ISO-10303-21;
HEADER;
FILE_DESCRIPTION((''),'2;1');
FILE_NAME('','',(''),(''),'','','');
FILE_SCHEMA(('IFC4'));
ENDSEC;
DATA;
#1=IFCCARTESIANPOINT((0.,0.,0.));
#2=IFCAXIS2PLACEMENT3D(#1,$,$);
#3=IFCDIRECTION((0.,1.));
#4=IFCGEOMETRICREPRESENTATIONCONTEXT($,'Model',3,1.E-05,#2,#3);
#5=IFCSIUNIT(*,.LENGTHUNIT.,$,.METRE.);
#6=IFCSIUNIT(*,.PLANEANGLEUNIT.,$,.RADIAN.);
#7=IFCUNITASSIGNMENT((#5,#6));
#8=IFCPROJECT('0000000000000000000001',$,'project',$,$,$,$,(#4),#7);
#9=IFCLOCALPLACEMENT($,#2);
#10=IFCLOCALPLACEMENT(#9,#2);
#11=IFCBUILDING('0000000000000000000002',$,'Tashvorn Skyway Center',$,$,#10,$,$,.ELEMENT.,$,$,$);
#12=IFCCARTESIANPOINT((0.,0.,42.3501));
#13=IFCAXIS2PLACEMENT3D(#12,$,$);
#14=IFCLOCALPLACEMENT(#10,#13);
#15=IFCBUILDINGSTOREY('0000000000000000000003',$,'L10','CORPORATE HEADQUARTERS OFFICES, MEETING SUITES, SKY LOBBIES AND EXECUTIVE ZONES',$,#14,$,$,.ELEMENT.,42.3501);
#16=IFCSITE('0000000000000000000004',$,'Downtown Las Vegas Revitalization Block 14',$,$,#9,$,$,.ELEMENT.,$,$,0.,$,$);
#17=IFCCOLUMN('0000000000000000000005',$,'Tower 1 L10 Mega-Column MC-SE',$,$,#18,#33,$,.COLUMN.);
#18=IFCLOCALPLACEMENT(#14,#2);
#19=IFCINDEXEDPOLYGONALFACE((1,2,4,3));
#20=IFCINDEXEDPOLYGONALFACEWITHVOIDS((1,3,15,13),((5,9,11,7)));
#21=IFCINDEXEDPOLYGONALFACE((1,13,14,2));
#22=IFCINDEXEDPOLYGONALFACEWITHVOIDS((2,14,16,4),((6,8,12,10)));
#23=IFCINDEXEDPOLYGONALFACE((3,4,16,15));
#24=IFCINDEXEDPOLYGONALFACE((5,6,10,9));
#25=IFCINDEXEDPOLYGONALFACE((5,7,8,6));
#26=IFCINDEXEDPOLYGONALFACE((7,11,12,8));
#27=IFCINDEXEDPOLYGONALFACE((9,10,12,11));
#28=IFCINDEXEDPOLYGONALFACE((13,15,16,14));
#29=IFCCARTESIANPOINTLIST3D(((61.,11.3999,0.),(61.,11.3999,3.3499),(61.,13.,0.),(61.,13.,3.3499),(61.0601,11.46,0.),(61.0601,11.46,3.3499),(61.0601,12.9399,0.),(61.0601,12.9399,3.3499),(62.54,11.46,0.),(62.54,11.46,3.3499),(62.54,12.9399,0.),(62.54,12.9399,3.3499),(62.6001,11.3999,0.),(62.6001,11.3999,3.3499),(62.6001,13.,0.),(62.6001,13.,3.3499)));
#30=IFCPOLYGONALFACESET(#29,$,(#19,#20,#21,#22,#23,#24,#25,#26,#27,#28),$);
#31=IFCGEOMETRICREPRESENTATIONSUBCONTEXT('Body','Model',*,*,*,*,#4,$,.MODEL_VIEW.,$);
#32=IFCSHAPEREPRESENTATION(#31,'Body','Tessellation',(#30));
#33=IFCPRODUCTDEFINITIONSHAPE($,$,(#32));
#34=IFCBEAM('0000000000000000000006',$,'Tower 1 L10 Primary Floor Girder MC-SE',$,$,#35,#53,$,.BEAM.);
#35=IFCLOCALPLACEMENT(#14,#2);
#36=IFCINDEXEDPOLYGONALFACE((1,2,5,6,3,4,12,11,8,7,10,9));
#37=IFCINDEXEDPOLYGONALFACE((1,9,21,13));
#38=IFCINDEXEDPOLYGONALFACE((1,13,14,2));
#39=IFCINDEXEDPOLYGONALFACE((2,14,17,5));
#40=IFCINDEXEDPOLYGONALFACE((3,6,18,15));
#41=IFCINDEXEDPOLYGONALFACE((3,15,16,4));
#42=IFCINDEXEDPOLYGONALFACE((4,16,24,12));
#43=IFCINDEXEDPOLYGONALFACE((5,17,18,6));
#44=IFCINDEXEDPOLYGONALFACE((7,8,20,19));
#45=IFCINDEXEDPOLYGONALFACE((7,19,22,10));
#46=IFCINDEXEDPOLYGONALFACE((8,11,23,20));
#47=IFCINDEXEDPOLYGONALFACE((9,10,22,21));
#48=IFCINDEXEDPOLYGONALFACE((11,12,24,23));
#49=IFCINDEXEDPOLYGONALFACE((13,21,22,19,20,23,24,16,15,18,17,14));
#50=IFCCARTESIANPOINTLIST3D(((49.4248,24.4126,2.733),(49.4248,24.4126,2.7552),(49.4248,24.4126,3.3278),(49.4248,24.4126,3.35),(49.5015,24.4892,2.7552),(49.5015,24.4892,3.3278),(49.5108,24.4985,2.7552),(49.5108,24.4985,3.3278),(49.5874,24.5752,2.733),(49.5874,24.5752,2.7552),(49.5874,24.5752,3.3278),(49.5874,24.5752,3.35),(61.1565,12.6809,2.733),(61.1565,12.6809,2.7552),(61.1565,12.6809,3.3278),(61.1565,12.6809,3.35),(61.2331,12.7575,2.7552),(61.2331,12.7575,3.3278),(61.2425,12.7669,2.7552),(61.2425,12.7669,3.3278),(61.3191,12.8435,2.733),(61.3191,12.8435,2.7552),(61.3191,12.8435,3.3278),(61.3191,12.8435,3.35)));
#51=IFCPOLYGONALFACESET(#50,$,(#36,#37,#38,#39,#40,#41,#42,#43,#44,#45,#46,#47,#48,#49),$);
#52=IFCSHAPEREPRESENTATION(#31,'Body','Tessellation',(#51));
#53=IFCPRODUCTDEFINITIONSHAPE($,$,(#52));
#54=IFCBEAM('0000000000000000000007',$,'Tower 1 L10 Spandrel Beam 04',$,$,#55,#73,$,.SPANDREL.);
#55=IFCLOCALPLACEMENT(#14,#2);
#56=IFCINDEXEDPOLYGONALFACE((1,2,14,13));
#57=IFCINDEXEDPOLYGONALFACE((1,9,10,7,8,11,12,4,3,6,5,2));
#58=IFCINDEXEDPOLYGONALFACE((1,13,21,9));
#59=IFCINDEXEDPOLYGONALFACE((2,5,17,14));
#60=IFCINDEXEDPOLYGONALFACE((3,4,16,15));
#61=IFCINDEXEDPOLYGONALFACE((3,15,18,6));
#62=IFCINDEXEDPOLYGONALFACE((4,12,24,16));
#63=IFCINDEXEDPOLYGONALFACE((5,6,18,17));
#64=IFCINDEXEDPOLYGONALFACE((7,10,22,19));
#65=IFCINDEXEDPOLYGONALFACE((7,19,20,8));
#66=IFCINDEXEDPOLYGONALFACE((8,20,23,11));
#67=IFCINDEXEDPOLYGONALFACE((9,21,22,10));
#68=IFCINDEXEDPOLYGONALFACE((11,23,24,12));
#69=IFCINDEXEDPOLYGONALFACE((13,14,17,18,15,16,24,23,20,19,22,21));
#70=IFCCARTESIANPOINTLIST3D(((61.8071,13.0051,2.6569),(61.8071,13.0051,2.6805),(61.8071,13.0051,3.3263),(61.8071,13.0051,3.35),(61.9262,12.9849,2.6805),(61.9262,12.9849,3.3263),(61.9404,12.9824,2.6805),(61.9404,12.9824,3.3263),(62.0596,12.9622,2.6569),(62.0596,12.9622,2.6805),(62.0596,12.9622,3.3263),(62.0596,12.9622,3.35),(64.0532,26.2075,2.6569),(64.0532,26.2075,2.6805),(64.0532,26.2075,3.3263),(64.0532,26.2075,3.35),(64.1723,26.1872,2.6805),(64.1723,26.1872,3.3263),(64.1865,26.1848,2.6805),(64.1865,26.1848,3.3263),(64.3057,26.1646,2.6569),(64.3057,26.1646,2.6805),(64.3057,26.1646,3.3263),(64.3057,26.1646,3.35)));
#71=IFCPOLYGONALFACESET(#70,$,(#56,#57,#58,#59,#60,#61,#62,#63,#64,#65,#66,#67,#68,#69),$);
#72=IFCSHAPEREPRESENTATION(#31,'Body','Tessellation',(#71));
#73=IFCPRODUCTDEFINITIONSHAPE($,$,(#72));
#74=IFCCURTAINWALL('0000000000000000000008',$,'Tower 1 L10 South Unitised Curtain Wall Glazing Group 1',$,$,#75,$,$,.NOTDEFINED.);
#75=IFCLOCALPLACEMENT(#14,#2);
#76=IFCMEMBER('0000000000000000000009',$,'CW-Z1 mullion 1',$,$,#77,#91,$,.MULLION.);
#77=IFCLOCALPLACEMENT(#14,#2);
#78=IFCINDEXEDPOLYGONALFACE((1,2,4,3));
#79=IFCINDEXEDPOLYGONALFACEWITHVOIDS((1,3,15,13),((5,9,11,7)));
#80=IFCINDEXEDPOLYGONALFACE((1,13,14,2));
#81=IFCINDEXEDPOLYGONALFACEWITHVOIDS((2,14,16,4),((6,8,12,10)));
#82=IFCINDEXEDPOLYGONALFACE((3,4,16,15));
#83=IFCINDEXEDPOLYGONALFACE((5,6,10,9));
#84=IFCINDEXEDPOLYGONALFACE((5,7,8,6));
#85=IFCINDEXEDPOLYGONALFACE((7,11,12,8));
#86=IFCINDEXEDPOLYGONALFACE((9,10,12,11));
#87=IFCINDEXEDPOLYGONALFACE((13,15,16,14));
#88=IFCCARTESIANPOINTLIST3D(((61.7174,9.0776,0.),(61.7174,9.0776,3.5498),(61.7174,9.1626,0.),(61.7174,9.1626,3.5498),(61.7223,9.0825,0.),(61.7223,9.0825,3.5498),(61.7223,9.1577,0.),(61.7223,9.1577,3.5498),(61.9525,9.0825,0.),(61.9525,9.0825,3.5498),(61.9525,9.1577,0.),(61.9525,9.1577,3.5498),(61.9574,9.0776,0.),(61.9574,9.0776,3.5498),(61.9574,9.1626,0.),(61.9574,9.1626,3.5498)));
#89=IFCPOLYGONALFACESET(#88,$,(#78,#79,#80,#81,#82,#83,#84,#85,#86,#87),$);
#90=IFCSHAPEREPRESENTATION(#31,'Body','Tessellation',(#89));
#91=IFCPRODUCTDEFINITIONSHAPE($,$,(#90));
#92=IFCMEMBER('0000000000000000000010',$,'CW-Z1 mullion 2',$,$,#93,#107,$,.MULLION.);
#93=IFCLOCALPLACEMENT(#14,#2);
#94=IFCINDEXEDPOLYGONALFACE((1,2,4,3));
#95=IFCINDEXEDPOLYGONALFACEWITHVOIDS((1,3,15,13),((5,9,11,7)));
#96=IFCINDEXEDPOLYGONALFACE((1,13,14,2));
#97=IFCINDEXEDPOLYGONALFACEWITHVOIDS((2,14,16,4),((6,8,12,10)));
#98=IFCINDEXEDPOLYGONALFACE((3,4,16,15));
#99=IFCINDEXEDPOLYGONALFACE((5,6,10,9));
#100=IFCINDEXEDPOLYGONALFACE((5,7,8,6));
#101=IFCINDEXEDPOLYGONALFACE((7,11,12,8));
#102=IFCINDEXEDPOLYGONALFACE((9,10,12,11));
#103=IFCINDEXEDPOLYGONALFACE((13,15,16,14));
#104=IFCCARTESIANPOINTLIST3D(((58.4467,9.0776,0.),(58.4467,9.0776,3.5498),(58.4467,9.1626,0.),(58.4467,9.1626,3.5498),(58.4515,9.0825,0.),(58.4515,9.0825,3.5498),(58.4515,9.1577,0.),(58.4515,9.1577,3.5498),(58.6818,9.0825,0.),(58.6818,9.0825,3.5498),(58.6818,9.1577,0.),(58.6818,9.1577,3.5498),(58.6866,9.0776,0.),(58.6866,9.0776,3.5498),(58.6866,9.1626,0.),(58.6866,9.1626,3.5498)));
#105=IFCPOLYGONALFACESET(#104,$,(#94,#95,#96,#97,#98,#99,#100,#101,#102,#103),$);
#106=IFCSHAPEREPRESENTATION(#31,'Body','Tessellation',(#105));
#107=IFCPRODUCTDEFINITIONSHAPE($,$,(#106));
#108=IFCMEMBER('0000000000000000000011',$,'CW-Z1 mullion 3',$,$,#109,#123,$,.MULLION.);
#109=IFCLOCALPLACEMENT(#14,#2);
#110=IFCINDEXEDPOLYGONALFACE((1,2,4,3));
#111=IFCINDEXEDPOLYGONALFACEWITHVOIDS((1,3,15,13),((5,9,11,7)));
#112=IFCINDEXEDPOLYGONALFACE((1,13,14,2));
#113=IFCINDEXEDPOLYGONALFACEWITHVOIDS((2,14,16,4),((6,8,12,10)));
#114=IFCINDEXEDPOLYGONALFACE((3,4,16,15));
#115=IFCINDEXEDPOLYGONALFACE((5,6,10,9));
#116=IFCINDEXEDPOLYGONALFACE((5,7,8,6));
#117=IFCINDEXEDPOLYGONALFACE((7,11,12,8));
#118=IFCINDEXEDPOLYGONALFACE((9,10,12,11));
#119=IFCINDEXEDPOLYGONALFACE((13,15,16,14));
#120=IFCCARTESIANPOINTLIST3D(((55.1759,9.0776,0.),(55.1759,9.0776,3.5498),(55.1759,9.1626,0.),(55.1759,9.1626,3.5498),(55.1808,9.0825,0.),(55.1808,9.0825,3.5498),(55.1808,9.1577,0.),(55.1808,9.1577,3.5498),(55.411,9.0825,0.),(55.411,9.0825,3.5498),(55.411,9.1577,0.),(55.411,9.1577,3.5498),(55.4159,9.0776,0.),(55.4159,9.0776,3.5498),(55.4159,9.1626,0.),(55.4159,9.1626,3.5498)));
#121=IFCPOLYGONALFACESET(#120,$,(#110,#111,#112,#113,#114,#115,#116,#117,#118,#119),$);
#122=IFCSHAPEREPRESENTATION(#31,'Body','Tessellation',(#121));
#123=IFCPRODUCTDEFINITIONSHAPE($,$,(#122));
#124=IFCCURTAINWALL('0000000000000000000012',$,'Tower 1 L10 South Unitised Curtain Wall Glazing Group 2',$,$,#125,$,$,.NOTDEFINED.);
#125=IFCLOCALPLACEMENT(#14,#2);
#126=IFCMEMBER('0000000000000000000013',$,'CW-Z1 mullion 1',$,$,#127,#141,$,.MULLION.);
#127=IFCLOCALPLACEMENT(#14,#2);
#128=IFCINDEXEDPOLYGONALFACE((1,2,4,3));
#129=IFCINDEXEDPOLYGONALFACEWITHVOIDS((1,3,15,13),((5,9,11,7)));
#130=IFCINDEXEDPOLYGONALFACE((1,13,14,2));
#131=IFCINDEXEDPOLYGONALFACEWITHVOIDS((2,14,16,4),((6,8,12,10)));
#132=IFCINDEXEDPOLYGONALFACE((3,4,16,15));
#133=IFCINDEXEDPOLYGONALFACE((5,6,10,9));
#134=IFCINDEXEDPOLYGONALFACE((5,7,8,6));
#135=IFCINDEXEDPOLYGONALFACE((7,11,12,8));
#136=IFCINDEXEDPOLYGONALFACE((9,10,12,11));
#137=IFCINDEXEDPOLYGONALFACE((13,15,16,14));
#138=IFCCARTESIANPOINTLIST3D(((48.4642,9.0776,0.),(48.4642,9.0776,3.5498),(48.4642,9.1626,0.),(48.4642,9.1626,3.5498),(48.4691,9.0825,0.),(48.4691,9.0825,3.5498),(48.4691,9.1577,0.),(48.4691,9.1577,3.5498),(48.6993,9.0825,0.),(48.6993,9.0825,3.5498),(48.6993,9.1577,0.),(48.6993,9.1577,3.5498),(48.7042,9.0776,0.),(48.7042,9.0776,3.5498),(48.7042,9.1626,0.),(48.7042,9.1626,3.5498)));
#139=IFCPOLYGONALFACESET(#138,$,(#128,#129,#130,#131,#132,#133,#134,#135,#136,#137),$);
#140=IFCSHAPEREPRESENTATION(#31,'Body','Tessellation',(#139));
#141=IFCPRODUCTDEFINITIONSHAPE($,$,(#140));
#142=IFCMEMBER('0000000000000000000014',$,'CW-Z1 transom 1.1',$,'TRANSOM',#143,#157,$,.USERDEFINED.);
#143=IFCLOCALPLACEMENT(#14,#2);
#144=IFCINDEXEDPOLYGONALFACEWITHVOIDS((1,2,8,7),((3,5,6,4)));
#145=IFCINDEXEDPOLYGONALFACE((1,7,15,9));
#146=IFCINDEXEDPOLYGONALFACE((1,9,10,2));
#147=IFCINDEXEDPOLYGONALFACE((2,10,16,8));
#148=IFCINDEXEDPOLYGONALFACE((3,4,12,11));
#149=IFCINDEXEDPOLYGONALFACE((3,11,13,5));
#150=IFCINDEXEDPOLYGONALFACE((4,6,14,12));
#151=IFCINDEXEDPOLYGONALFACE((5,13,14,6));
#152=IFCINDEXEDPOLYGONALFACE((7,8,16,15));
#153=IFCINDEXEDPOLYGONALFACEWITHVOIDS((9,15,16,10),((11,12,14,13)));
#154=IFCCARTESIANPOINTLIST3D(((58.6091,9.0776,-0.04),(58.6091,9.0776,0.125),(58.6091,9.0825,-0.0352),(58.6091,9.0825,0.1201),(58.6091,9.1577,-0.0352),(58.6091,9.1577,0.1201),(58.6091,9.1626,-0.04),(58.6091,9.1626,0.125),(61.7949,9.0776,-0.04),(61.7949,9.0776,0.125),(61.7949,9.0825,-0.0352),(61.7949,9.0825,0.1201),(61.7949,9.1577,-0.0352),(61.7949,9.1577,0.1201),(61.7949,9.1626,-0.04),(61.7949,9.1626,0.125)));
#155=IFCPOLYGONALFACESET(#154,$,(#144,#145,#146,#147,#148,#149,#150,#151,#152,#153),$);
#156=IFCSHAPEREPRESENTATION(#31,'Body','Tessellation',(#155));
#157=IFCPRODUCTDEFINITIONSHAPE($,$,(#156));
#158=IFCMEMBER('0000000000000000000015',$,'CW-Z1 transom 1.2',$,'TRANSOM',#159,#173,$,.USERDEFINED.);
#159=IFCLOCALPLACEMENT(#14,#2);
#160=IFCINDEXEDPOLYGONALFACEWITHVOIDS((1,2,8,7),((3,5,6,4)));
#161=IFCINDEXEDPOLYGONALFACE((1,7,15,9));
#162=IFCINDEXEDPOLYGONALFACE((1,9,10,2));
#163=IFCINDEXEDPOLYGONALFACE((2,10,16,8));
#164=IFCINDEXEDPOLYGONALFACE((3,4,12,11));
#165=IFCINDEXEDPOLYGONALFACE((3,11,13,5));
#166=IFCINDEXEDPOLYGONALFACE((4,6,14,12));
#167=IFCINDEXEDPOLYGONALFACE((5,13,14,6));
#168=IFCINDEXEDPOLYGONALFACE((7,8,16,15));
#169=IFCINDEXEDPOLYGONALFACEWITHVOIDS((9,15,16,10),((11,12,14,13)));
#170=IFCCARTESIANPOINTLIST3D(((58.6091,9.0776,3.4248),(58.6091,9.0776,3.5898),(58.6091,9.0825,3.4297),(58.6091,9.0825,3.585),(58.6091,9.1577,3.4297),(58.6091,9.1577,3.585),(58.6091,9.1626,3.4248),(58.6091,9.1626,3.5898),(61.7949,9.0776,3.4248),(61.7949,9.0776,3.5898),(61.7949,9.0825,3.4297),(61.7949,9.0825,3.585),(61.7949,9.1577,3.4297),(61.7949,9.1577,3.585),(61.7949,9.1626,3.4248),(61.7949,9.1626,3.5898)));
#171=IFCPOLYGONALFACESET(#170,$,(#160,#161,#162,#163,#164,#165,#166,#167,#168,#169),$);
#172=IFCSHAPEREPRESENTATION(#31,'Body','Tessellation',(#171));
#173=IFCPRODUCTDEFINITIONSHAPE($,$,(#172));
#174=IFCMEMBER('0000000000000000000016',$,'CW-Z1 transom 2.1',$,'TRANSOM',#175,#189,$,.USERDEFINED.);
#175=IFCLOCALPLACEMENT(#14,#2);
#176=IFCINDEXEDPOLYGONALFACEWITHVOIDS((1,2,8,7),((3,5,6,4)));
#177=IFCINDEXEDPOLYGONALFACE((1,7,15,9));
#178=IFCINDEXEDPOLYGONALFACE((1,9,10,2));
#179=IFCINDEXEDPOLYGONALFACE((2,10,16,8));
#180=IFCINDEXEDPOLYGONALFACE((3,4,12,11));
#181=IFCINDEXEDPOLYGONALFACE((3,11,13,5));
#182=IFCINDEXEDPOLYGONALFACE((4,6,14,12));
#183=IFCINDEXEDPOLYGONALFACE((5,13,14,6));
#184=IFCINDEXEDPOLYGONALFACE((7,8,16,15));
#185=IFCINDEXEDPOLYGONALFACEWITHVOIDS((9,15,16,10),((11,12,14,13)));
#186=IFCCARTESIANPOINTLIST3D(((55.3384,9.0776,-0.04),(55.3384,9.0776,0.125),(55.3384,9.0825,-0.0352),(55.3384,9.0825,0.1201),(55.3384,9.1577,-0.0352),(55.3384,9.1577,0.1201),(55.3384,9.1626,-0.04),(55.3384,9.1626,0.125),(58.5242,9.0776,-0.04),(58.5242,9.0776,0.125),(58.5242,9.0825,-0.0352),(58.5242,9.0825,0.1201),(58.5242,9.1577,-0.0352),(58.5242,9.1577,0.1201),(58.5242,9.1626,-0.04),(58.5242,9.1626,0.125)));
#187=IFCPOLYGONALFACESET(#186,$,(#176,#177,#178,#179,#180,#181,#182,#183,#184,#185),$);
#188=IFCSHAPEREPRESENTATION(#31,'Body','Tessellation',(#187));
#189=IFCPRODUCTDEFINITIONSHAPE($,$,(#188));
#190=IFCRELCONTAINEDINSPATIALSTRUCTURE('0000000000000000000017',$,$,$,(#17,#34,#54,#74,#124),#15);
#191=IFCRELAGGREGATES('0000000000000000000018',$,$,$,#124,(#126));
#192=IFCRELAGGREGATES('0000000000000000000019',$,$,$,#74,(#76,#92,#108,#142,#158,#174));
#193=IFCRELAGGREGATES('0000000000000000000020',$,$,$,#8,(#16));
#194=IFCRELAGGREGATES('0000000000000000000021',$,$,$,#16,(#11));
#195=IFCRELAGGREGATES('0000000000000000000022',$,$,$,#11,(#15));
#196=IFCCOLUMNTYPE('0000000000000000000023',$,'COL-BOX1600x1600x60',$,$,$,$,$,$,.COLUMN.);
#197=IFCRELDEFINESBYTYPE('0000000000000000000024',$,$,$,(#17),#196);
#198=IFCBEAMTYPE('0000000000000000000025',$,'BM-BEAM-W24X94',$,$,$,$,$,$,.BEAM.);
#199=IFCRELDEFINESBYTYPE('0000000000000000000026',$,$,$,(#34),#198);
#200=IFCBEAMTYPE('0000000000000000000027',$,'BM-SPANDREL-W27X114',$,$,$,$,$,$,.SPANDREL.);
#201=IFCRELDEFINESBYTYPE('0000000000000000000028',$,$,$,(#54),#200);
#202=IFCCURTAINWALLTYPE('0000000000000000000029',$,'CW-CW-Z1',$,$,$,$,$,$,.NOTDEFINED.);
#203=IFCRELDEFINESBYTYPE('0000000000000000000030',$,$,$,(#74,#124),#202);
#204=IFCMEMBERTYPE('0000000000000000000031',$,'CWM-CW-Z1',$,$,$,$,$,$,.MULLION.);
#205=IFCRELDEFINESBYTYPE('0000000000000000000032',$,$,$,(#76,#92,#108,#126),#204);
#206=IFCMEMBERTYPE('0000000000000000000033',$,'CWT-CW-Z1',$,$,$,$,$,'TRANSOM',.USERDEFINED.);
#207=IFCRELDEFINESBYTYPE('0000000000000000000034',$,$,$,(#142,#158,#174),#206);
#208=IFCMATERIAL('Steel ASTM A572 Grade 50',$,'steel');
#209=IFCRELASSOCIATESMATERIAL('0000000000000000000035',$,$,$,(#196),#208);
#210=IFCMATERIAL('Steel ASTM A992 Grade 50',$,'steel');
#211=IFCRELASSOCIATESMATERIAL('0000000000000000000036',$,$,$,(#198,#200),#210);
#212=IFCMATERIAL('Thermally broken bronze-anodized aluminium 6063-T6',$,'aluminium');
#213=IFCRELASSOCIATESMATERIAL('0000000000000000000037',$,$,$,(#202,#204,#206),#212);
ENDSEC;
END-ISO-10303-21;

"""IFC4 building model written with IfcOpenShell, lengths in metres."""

from ifc_helpers import new_model, si_unit, direction, frame, origin, origin_2d, place, context, subcontext, project, spatial, hollow_rectangle, i_section, extrude, material, material_profile, profile_set, type_object, element, aggregate, save


model = new_model("IFC4")

# Units and contexts
model_context = context("Model", 3, precision=1e-05, world=origin(), true_north=direction((0.0, 1.0)))
body_context = subcontext(model_context, "Body", "Model", "MODEL_VIEW")
ifc_project = project(units=[si_unit("LENGTHUNIT", "METRE"), si_unit("PLANEANGLEUNIT", "RADIAN")], contexts=[model_context])

# Site, building, storey
site_placement = place(None, origin())
site = spatial("IfcSite", under=ifc_project, at=site_placement, Name="Downtown Las Vegas Revitalization Block 14", CompositionType="ELEMENT", RefElevation=0.0)
building_placement = place(site_placement, origin())
building = spatial("IfcBuilding", under=site, at=building_placement, Name="Tashvorn Skyway Center", CompositionType="ELEMENT")
storey_placement = place(building_placement, frame((0.0, 0.0, 42.3501)))
storey = spatial("IfcBuildingStorey", under=building, at=storey_placement, Name="L10", Description="CORPORATE HEADQUARTERS OFFICES, MEETING SUITES, SKY LOBBIES AND EXECUTIVE ZONES", CompositionType="ELEMENT", Elevation=42.3501)

# Column
ifc_material_1 = material(Name="Steel ASTM A572 Grade 50", Category="steel")
ifc_material_profile_1 = material_profile(ifc_material_1, hollow_rectangle(XDim=1.6001, YDim=1.6001, WallThickness=0.0601, at=origin_2d()), Name="BOX1600x1600x60")
ifc_profile_set_1 = profile_set([ifc_material_profile_1], Name="Steel ASTM A572 Grade 50")
column_type = type_object("IfcColumnType", Name="COL-BOX1600x1600x60", PredefinedType="COLUMN", material=ifc_profile_set_1)
column_placement = place(storey_placement, frame((61.8, 12.2, 0.0), z_axis=(0.0, 0.0, 1.0), x_axis=(1.0, 0.0, 0.0)))
element("IfcColumn", 1, at=column_placement, inside=storey, type_object=column_type, Name="Tower 1 L10 Mega-Column MC-SE", PredefinedType="COLUMN", context=body_context, shape_type="SweptSolid", body=[
    extrude(hollow_rectangle(XDim=1.6001, YDim=1.6001, WallThickness=0.0601, at=origin_2d()), origin(), (0.0, 0.0, 1.0), 3.3499),
])

# Beams
ifc_material_2 = material(Name="Steel ASTM A992 Grade 50", Category="steel")
ifc_material_profile_2 = material_profile(ifc_material_2, i_section(OverallWidth=0.23, OverallDepth=0.6169, WebThickness=0.0132, FlangeThickness=0.0222, at=origin_2d()), Name="W24X94")
ifc_profile_set_2 = profile_set([ifc_material_profile_2], Name="Steel ASTM A992 Grade 50")
beam_type_1 = type_object("IfcBeamType", Name="BM-BEAM-W24X94", PredefinedType="BEAM", material=ifc_profile_set_2)
beam_1_placement = place(storey_placement, frame((61.2378, 12.7622, 3.0415), z_axis=(-0.707107, 0.707107, 0.0), x_axis=(-0.707107, -0.707107, 0.0)))
element("IfcBeam", 2, at=beam_1_placement, inside=storey, type_object=beam_type_1, Name="Tower 1 L10 Primary Floor Girder MC-SE", PredefinedType="BEAM", context=body_context, shape_type="SweptSolid", body=[
    extrude(i_section(OverallWidth=0.23, OverallDepth=0.6169, WebThickness=0.0132, FlangeThickness=0.0222, at=origin_2d()), origin(), (0.0, 0.0, 1.0), 16.5911),
])
ifc_material_profile_3 = material_profile(ifc_material_2, i_section(OverallWidth=0.2561, OverallDepth=0.6931, WebThickness=0.0144, FlangeThickness=0.0237, at=origin_2d()), Name="W27X114")
ifc_profile_set_3 = profile_set([ifc_material_profile_3], Name="Steel ASTM A992 Grade 50")
beam_type_2 = type_object("IfcBeamType", Name="BM-SPANDREL-W27X114", PredefinedType="SPANDREL", material=ifc_profile_set_3)
beam_2_placement = place(storey_placement, frame((61.9333, 12.9836, 3.0034), z_axis=(0.167718, 0.985835, 0.0), x_axis=(-0.985835, 0.167718, 0.0)))
element("IfcBeam", 3, at=beam_2_placement, inside=storey, type_object=beam_type_2, Name="Tower 1 L10 Spandrel Beam 04", PredefinedType="SPANDREL", context=body_context, shape_type="SweptSolid", body=[
    extrude(i_section(OverallWidth=0.2561, OverallDepth=0.6931, WebThickness=0.0144, FlangeThickness=0.0237, at=origin_2d()), origin(), (0.0, 0.0, 1.0), 13.3921),
])

# Curtain wall, members
ifc_material_3 = material(Name="Thermally broken bronze-anodized aluminium 6063-T6", Category="aluminium")
curtain_wall_type = type_object("IfcCurtainWallType", Name="CW-CW-Z1", PredefinedType="NOTDEFINED", material=ifc_material_3)
curtain_wall_1_placement = place(storey_placement, origin())
curtain_wall_1 = element("IfcCurtainWall", 4, at=curtain_wall_1_placement, inside=storey, type_object=curtain_wall_type, Name="Tower 1 L10 South Unitised Curtain Wall Glazing Group 1", PredefinedType="NOTDEFINED")
ifc_material_profile_4 = material_profile(ifc_material_3, hollow_rectangle(XDim=0.085, YDim=0.24, WallThickness=0.0049, at=origin_2d()), Name="ALU-MULL-85x240")
ifc_profile_set_4 = profile_set([ifc_material_profile_4], Name="Thermally broken bronze-anodized aluminium 6063-T6")
member_type_1 = type_object("IfcMemberType", Name="CWM-CW-Z1", PredefinedType="MULLION", material=ifc_profile_set_4)
member_1_placement = place(storey_placement, frame((61.8374, 9.1201, 0.0), z_axis=(0.0, 0.0, 1.0), x_axis=(0.0, -1.0, 0.0)))
member_1 = element("IfcMember", 5, at=member_1_placement, type_object=member_type_1, Name="CW-Z1 mullion 1", PredefinedType="MULLION", context=body_context, shape_type="SweptSolid", body=[
    extrude(hollow_rectangle(XDim=0.085, YDim=0.24, WallThickness=0.0049, at=origin_2d()), origin(), (0.0, 0.0, 1.0), 3.5498),
])
member_2_placement = place(storey_placement, frame((58.5667, 9.1201, 0.0), z_axis=(0.0, 0.0, 1.0), x_axis=(0.0, -1.0, 0.0)))
member_2 = element("IfcMember", 6, at=member_2_placement, type_object=member_type_1, Name="CW-Z1 mullion 2", PredefinedType="MULLION", context=body_context, shape_type="SweptSolid", body=[
    extrude(hollow_rectangle(XDim=0.085, YDim=0.24, WallThickness=0.0049, at=origin_2d()), origin(), (0.0, 0.0, 1.0), 3.5498),
])
member_3_placement = place(storey_placement, frame((55.2959, 9.1201, 0.0), z_axis=(0.0, 0.0, 1.0), x_axis=(0.0, -1.0, 0.0)))
member_3 = element("IfcMember", 7, at=member_3_placement, type_object=member_type_1, Name="CW-Z1 mullion 3", PredefinedType="MULLION", context=body_context, shape_type="SweptSolid", body=[
    extrude(hollow_rectangle(XDim=0.085, YDim=0.24, WallThickness=0.0049, at=origin_2d()), origin(), (0.0, 0.0, 1.0), 3.5498),
])

# Curtain wall, member
curtain_wall_2_placement = place(storey_placement, origin())
curtain_wall_2 = element("IfcCurtainWall", 8, at=curtain_wall_2_placement, inside=storey, type_object=curtain_wall_type, Name="Tower 1 L10 South Unitised Curtain Wall Glazing Group 2", PredefinedType="NOTDEFINED")
member_4_placement = place(storey_placement, frame((48.5842, 9.1201, 0.0), z_axis=(0.0, 0.0, 1.0), x_axis=(0.0, -1.0, 0.0)))
member_4 = element("IfcMember", 9, at=member_4_placement, type_object=member_type_1, Name="CW-Z1 mullion 1", PredefinedType="MULLION", context=body_context, shape_type="SweptSolid", body=[
    extrude(hollow_rectangle(XDim=0.085, YDim=0.24, WallThickness=0.0049, at=origin_2d()), origin(), (0.0, 0.0, 1.0), 3.5498),
])

# Members
ifc_material_profile_5 = material_profile(ifc_material_3, hollow_rectangle(XDim=0.085, YDim=0.165, WallThickness=0.0049, at=origin_2d()), Name="ALU-TRAN-85x165")
ifc_profile_set_5 = profile_set([ifc_material_profile_5], Name="Thermally broken bronze-anodized aluminium 6063-T6")
member_type_2 = type_object("IfcMemberType", Name="CWT-CW-Z1", ElementType="TRANSOM", PredefinedType="USERDEFINED", material=ifc_profile_set_5)
member_5_placement = place(storey_placement, frame((61.7949, 9.1201, 0.0425), z_axis=(-1.0, 0.0, 0.0), x_axis=(0.0, -1.0, 0.0)))
member_5 = element("IfcMember", 10, at=member_5_placement, type_object=member_type_2, Name="CW-Z1 transom 1.1", ObjectType="TRANSOM", PredefinedType="USERDEFINED", context=body_context, shape_type="SweptSolid", body=[
    extrude(hollow_rectangle(XDim=0.085, YDim=0.165, WallThickness=0.0049, at=origin_2d()), origin(), (0.0, 0.0, 1.0), 3.1858),
])
member_6_placement = place(storey_placement, frame((61.7949, 9.1201, 3.5073), z_axis=(-1.0, 0.0, 0.0), x_axis=(0.0, -1.0, 0.0)))
member_6 = element("IfcMember", 11, at=member_6_placement, type_object=member_type_2, Name="CW-Z1 transom 1.2", ObjectType="TRANSOM", PredefinedType="USERDEFINED", context=body_context, shape_type="SweptSolid", body=[
    extrude(hollow_rectangle(XDim=0.085, YDim=0.165, WallThickness=0.0049, at=origin_2d()), origin(), (0.0, 0.0, 1.0), 3.1858),
])
member_7_placement = place(storey_placement, frame((58.5242, 9.1201, 0.0425), z_axis=(-1.0, 0.0, 0.0), x_axis=(0.0, -1.0, 0.0)))
member_7 = element("IfcMember", 12, at=member_7_placement, type_object=member_type_2, Name="CW-Z1 transom 2.1", ObjectType="TRANSOM", PredefinedType="USERDEFINED", context=body_context, shape_type="SweptSolid", body=[
    extrude(hollow_rectangle(XDim=0.085, YDim=0.165, WallThickness=0.0049, at=origin_2d()), origin(), (0.0, 0.0, 1.0), 3.1858),
])
aggregate(curtain_wall_2, [member_4])

aggregate(curtain_wall_1, [member_1, member_2, member_3, member_5, member_6, member_7])

save(model, "model.ifc")
